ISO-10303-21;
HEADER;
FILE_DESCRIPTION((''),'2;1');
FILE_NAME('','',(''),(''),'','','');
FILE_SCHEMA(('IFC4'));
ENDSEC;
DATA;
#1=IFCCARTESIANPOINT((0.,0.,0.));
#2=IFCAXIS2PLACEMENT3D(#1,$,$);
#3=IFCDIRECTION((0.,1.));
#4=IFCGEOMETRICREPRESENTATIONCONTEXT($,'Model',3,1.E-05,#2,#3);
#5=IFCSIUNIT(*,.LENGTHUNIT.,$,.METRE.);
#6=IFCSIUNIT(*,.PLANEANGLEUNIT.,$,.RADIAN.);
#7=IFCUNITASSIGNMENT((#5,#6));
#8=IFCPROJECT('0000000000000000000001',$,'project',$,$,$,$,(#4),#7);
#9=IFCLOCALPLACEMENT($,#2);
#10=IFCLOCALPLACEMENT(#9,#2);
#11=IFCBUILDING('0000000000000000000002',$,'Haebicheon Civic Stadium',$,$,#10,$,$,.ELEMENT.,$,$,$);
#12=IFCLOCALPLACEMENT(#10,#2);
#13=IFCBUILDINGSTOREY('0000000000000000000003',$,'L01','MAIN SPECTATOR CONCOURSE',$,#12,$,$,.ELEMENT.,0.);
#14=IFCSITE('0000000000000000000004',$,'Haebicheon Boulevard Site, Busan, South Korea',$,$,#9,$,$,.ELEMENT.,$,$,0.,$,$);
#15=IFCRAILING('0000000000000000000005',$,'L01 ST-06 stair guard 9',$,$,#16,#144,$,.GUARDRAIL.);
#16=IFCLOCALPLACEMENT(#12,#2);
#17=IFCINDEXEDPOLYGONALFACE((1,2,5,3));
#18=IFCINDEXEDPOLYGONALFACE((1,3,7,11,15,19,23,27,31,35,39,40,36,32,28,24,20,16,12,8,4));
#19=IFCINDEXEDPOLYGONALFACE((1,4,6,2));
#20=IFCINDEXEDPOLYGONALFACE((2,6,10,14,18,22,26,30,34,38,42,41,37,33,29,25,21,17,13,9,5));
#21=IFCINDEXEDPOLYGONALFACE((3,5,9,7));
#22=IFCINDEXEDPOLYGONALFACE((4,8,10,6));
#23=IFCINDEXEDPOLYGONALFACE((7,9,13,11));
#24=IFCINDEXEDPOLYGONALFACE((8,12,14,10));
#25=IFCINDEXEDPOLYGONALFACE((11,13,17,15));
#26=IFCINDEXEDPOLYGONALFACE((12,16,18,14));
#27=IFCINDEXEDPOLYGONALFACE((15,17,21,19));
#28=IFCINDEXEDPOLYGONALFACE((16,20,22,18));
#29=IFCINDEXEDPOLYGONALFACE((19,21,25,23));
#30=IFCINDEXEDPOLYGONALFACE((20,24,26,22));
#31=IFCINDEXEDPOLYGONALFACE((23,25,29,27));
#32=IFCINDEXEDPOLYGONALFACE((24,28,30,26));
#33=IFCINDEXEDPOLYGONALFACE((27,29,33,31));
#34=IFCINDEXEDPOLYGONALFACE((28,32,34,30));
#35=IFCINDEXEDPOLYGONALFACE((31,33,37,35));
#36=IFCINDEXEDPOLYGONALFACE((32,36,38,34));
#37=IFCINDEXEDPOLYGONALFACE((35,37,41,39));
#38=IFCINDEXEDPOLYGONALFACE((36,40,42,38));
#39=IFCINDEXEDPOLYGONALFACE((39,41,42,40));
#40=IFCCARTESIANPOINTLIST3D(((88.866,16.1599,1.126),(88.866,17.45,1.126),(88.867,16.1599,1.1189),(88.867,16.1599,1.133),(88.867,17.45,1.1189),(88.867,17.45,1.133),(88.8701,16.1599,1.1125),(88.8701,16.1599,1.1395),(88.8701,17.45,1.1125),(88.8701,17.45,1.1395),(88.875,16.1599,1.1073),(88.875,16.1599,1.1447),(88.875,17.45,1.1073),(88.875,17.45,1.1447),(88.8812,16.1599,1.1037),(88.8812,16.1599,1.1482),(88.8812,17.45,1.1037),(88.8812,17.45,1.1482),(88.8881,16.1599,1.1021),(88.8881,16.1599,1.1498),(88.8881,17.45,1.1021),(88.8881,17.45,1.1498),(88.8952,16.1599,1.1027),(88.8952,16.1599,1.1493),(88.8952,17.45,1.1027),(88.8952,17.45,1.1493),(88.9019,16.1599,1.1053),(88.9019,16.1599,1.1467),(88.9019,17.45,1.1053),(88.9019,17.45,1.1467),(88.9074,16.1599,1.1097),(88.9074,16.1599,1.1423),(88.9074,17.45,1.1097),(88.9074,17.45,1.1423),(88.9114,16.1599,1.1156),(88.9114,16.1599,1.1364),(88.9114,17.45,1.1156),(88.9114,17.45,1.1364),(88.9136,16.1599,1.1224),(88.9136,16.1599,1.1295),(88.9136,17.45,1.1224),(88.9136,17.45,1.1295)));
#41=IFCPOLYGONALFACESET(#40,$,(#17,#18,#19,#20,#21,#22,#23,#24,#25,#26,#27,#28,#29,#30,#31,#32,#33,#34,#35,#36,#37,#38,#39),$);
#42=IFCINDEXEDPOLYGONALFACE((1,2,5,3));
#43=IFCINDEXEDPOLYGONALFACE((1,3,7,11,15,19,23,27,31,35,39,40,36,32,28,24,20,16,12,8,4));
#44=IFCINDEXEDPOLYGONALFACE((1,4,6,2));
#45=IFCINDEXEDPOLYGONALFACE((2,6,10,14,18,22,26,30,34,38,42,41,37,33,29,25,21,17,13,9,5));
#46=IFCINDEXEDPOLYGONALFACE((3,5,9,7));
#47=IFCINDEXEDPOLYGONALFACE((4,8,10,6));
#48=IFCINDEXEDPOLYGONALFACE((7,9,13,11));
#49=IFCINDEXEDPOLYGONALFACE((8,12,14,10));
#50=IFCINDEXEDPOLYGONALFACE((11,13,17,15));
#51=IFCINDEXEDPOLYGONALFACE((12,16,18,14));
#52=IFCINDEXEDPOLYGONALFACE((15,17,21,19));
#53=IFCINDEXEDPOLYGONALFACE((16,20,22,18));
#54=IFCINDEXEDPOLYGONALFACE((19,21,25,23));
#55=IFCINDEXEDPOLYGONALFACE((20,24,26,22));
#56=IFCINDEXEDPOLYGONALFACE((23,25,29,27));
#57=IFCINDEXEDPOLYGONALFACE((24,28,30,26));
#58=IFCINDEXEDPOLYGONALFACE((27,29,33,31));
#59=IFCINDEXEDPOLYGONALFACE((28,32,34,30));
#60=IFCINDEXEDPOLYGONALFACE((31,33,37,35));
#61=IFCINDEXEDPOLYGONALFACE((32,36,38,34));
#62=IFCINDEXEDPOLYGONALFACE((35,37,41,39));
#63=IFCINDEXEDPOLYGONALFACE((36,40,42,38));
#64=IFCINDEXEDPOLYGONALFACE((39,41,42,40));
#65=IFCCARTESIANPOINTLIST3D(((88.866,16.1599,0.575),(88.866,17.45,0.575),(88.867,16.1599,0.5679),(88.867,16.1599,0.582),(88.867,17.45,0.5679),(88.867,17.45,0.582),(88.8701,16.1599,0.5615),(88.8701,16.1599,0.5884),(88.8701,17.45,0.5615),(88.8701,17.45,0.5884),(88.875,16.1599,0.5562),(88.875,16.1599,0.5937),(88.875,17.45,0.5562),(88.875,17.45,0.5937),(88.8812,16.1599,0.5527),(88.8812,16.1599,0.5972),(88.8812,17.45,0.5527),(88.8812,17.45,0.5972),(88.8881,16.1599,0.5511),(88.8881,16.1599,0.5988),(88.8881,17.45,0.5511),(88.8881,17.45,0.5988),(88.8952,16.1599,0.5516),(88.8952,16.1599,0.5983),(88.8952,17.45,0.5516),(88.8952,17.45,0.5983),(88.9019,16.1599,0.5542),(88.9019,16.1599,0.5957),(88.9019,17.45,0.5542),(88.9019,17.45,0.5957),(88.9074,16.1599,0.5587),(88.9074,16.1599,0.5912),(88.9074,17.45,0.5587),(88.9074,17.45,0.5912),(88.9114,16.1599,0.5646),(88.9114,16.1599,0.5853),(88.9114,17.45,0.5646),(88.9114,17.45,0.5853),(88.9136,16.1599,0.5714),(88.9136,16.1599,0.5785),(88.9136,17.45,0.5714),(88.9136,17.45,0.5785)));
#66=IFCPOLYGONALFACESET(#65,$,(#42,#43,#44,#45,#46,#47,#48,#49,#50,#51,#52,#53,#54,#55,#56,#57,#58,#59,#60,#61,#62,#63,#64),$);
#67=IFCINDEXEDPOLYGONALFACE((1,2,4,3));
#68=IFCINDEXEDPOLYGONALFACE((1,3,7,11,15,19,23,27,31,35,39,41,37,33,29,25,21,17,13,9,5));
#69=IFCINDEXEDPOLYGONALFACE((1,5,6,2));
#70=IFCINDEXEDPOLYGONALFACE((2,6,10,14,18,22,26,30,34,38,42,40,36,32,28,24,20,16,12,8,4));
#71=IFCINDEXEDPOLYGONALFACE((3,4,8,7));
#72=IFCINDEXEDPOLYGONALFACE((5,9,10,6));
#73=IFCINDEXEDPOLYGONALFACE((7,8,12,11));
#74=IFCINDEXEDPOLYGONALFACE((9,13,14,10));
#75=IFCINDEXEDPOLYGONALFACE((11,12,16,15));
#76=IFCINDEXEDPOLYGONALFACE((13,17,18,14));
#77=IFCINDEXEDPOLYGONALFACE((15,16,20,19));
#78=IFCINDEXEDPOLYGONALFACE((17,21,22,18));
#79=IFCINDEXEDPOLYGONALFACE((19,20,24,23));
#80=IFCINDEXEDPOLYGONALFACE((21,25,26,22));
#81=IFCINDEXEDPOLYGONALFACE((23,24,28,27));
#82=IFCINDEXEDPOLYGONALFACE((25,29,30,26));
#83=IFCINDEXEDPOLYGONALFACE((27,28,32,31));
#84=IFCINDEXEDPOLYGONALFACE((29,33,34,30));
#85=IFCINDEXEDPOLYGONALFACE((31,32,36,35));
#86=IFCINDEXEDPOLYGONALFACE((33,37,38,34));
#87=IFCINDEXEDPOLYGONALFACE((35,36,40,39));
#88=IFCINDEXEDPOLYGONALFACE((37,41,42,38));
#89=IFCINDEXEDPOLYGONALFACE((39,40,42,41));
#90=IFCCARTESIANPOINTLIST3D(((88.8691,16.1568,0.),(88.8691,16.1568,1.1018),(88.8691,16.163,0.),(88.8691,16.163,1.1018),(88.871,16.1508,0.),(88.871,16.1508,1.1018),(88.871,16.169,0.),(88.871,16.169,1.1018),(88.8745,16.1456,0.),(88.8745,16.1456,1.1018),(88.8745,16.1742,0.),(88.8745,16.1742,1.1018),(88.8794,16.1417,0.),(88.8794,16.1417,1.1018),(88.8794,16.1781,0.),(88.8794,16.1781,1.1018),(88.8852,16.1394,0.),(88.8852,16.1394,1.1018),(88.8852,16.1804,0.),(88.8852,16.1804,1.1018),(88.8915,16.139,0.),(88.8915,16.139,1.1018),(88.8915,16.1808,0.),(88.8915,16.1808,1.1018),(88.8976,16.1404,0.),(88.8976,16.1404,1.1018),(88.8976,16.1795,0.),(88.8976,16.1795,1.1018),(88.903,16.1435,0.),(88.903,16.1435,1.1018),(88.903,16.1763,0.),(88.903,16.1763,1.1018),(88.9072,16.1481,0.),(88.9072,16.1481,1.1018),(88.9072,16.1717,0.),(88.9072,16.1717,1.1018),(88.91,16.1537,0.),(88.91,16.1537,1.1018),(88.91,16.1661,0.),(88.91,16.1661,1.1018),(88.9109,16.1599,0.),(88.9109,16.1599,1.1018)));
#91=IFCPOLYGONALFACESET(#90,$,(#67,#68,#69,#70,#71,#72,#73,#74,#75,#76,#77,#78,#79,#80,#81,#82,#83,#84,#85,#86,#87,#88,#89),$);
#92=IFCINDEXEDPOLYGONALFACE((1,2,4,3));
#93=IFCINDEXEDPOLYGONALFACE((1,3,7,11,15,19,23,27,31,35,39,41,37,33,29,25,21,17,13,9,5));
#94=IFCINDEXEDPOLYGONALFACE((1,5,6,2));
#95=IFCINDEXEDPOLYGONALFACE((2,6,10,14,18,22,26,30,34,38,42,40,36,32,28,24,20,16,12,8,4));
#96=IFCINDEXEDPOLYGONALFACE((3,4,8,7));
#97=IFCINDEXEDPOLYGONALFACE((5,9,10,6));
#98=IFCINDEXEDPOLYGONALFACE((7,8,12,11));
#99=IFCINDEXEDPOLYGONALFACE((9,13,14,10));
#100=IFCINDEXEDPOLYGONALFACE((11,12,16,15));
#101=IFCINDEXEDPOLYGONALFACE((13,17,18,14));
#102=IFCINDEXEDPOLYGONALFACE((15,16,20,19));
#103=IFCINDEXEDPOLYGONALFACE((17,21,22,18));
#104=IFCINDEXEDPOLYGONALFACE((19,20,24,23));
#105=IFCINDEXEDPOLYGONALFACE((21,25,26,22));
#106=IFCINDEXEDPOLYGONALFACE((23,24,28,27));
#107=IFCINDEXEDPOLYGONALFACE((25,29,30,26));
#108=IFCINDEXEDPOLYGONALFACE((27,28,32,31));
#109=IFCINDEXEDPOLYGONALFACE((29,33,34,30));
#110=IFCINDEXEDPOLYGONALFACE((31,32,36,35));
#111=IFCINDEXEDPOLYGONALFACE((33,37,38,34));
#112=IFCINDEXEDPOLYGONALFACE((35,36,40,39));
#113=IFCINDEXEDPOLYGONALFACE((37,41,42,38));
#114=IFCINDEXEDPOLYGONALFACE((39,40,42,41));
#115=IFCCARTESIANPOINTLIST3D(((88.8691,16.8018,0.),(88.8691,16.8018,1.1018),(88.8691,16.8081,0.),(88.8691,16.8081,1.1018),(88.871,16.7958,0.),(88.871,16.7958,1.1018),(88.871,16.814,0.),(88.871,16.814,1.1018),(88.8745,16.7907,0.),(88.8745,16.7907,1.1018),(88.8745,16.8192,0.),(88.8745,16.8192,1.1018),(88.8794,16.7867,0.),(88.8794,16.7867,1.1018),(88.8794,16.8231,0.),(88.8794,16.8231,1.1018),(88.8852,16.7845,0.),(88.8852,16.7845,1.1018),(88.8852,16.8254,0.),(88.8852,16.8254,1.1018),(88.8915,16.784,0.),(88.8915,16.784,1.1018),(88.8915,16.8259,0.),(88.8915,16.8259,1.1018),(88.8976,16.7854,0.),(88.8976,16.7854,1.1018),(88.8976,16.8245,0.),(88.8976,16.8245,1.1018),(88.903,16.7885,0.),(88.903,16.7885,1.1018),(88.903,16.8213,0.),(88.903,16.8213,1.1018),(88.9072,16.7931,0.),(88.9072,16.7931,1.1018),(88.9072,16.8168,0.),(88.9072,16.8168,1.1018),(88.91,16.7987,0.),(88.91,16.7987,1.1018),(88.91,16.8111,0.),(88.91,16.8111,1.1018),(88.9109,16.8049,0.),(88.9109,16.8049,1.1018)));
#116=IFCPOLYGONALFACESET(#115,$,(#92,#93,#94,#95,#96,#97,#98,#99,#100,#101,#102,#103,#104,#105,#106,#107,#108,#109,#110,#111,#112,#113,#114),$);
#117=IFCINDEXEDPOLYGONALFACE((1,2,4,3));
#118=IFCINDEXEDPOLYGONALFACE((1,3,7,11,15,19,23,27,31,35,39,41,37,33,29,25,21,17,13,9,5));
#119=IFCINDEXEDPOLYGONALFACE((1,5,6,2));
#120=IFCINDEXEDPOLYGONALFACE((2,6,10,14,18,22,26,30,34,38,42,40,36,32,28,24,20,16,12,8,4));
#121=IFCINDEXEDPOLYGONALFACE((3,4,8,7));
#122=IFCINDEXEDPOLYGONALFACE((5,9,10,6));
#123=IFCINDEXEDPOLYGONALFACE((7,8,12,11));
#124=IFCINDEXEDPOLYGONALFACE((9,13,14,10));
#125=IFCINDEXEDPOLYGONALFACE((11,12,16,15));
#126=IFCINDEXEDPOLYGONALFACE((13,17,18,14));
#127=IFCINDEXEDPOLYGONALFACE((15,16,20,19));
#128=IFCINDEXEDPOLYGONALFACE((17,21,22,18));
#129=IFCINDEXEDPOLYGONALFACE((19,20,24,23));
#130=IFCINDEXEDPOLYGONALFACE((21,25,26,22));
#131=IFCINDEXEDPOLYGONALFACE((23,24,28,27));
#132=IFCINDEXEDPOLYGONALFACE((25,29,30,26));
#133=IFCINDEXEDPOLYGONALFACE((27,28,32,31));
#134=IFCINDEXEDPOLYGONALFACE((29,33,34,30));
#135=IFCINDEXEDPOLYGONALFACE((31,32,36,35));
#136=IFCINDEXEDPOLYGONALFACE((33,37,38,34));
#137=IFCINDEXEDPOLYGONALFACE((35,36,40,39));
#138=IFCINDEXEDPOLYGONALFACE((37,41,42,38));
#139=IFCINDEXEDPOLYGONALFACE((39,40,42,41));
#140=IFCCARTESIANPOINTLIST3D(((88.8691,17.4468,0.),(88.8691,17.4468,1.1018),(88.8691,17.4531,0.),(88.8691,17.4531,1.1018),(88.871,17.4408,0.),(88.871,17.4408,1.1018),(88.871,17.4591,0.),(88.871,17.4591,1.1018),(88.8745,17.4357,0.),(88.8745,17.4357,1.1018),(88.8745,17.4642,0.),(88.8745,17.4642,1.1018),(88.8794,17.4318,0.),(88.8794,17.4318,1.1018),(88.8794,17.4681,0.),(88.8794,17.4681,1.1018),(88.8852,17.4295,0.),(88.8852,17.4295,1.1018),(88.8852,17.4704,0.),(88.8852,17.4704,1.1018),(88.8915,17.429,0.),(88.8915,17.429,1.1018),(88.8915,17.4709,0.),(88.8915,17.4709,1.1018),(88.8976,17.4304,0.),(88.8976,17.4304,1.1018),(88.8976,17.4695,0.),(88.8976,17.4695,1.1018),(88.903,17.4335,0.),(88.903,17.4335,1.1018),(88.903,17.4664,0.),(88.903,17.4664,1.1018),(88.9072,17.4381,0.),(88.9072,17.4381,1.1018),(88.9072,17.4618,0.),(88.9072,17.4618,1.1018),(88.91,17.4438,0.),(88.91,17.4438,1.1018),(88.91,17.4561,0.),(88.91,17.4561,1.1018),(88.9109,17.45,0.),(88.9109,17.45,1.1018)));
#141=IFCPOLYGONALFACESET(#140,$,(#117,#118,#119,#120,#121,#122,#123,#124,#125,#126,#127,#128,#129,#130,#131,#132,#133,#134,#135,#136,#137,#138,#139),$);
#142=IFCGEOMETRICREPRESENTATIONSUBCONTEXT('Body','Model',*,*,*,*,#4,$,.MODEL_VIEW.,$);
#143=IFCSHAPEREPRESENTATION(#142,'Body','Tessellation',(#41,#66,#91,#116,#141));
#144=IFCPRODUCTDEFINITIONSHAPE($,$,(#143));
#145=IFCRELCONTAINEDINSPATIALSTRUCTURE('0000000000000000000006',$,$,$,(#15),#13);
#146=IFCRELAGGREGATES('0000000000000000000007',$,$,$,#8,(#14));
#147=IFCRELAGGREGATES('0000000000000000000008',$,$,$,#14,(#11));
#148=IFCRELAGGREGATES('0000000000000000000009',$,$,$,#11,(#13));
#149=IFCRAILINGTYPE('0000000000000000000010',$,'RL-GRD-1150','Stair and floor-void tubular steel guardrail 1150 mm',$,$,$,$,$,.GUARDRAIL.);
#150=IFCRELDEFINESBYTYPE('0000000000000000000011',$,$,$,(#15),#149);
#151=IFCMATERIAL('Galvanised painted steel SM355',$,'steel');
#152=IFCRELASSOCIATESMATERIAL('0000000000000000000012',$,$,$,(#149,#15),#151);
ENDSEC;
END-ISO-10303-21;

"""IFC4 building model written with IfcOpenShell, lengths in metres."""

from ifc_helpers import new_model, si_unit, direction, frame, origin, origin_2d, place, context, subcontext, project, spatial, circle, extrude, material, type_object, element, save


model = new_model("IFC4")

# Units and contexts
model_context = context("Model", 3, precision=1e-05, world=origin(), true_north=direction((0.0, 1.0)))
body_context = subcontext(model_context, "Body", "Model", "MODEL_VIEW")
ifc_project = project(units=[si_unit("LENGTHUNIT", "METRE"), si_unit("PLANEANGLEUNIT", "RADIAN")], contexts=[model_context])

# Site, building, storey
site_placement = place(None, origin())
site = spatial("IfcSite", under=ifc_project, at=site_placement, Name="Haebicheon Boulevard Site, Busan, South Korea", CompositionType="ELEMENT", RefElevation=0.0)
building_placement = place(site_placement, origin())
building = spatial("IfcBuilding", under=site, at=building_placement, Name="Haebicheon Civic Stadium", CompositionType="ELEMENT")
storey_placement = place(building_placement, origin())
storey = spatial("IfcBuildingStorey", under=building, at=storey_placement, Name="L01", Description="MAIN SPECTATOR CONCOURSE", CompositionType="ELEMENT", Elevation=0.0)

# Railing
ifc_material_1 = material(Name="Galvanised painted steel SM355", Category="steel")
railing_type = type_object("IfcRailingType", Name="RL-GRD-1150", Description="Stair and floor-void tubular steel guardrail 1150 mm", PredefinedType="GUARDRAIL", material=ifc_material_1)
for number, where, name in (
    (1, (88.8899, 16.1599, 0.0), "L01 ST-06 stair guard 9"),
):
    element("IfcRailing", number, at=place(storey_placement, frame(where)), inside=storey, type_object=railing_type, material=ifc_material_1, Name=name, PredefinedType="GUARDRAIL", context=body_context, shape_type="SweptSolid", body=[
        extrude(circle(Radius=0.0239, at=origin_2d()), frame((0.0, 0.0, 1.126), z_axis=(0.0, 1.0, 0.0), x_axis=(-1.0, 0.0, 0.0)), (0.0, 0.0, 1.0), 1.29),
        extrude(circle(Radius=0.0239, at=origin_2d()), frame((0.0, 0.0, 0.575), z_axis=(0.0, 1.0, 0.0), x_axis=(-1.0, 0.0, 0.0)), (0.0, 0.0, 1.0), 1.29),
        extrude(circle(Radius=0.021, at=origin_2d()), origin(), (0.0, 0.0, 1.0), 1.1018),
        extrude(circle(Radius=0.021, at=origin_2d()), frame((0.0, 0.645, 0.0)), (0.0, 0.0, 1.0), 1.1018),
        extrude(circle(Radius=0.021, at=origin_2d()), frame((0.0, 1.29, 0.0)), (0.0, 0.0, 1.0), 1.1018),
    ])

save(model, "model.ifc")
